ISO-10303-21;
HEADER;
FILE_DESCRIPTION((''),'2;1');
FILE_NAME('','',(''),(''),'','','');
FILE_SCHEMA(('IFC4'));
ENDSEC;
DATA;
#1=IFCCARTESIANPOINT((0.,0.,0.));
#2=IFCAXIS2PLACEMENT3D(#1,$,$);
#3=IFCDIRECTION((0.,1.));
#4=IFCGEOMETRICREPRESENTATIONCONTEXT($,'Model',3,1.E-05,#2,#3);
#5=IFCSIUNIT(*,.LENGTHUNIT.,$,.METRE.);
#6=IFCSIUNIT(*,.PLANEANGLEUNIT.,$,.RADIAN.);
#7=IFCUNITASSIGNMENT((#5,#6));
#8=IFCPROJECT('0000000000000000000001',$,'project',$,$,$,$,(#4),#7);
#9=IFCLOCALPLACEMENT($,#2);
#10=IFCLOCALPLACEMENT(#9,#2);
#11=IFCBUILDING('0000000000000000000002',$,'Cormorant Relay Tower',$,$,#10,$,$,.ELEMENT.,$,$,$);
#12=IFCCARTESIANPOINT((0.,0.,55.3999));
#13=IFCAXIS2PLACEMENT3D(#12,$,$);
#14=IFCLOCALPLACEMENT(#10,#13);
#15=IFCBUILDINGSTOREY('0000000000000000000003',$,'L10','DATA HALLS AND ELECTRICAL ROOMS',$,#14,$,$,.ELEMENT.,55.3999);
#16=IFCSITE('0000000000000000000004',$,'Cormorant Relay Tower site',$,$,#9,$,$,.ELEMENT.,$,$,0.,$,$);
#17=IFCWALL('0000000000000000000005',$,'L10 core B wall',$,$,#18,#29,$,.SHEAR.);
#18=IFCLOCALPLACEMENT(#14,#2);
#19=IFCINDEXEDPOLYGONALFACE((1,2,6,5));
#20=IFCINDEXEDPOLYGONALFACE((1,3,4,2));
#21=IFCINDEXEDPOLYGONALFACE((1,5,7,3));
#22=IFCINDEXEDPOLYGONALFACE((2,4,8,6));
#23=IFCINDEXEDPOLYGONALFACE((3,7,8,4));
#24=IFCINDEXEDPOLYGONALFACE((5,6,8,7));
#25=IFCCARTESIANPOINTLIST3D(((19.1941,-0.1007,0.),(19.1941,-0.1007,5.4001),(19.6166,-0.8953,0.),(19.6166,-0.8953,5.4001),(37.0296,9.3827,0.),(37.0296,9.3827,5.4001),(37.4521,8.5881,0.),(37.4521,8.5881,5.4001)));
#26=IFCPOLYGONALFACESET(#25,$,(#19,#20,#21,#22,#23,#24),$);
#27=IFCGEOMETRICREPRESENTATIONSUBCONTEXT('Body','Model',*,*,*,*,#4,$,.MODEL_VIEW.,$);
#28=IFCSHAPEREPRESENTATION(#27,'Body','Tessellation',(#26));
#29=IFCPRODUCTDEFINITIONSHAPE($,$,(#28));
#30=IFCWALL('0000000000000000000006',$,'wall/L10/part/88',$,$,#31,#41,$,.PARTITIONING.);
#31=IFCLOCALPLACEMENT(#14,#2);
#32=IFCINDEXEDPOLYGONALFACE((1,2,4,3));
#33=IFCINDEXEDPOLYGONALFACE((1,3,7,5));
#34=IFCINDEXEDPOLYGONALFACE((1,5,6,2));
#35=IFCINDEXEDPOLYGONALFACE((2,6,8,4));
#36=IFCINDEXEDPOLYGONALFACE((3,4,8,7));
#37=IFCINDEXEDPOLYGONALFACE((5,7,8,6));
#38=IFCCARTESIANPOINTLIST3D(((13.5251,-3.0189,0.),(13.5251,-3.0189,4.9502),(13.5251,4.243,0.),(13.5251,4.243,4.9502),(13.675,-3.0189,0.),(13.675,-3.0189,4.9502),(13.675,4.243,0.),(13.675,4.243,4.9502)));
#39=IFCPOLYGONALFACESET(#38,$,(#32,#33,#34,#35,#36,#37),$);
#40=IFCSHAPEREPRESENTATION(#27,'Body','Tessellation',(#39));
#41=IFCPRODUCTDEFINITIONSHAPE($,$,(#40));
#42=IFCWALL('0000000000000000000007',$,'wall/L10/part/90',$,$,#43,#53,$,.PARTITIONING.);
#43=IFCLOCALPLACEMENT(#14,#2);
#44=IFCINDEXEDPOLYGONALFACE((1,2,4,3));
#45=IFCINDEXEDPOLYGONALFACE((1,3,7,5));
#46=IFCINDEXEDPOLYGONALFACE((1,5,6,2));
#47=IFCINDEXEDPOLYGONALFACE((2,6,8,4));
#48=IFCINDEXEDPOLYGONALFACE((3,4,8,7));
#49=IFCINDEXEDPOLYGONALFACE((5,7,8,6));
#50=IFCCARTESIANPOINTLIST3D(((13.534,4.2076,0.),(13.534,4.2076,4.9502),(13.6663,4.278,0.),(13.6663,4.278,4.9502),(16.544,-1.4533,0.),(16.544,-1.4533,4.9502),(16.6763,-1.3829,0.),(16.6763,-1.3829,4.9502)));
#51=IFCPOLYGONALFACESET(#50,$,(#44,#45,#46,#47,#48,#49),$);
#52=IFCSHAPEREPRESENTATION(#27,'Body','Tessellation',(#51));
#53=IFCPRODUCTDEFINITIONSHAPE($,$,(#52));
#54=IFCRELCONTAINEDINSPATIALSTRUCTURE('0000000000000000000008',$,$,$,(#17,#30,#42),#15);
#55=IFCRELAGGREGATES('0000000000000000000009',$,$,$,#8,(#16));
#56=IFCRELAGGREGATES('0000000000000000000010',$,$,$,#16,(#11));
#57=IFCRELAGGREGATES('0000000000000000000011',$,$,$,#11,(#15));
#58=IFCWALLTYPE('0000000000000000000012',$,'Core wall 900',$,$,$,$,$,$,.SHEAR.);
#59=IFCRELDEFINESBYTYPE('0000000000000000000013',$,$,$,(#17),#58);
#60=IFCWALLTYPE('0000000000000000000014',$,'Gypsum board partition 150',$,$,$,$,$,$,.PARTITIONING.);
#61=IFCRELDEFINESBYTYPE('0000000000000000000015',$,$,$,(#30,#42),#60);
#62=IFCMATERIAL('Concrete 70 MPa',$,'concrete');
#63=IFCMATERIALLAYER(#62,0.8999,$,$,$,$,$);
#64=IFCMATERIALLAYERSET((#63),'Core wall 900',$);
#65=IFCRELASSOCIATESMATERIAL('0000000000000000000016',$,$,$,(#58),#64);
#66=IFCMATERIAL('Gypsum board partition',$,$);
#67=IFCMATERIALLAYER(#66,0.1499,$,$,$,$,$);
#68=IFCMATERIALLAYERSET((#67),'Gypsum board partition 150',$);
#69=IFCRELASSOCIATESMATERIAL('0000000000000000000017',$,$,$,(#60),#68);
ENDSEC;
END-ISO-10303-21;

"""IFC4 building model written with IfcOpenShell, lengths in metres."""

from ifc_helpers import new_model, si_unit, direction, frame, frame_2d, origin, place, context, subcontext, project, spatial, rectangle, extrude, material, layer, layer_set, type_object, element, save


model = new_model("IFC4")

# Units and contexts
model_context = context("Model", 3, precision=1e-05, world=origin(), true_north=direction((0.0, 1.0)))
body_context = subcontext(model_context, "Body", "Model", "MODEL_VIEW")
ifc_project = project(units=[si_unit("LENGTHUNIT", "METRE"), si_unit("PLANEANGLEUNIT", "RADIAN")], contexts=[model_context])

# Site, building, storey
site_placement = place(None, origin())
site = spatial("IfcSite", under=ifc_project, at=site_placement, Name="Cormorant Relay Tower site", CompositionType="ELEMENT", RefElevation=0.0)
building_placement = place(site_placement, origin())
building = spatial("IfcBuilding", under=site, at=building_placement, Name="Cormorant Relay Tower", CompositionType="ELEMENT")
storey_placement = place(building_placement, frame((0.0, 0.0, 55.3999)))
storey = spatial("IfcBuildingStorey", under=building, at=storey_placement, Name="L10", Description="DATA HALLS AND ELECTRICAL ROOMS", CompositionType="ELEMENT", Elevation=55.3999)

# Shared definitions
ifc_material_1 = material(Name="Concrete 70 MPa", Category="concrete")
ifc_layer_1 = layer(ifc_material_1, 0.8999)
ifc_layer_set_1 = layer_set([ifc_layer_1], Name="Core wall 900")
wall_type_1 = type_object("IfcWallType", Name="Core wall 900", PredefinedType="SHEAR", material=ifc_layer_set_1)

# Walls
wall_1_placement = place(storey_placement, frame((19.4053, -0.498, 0.0), z_axis=(0.0, 0.0, 1.0), x_axis=(0.882945, 0.469476, 0.0)))
element("IfcWall", 1, at=wall_1_placement, inside=storey, type_object=wall_type_1, Name="L10 core B wall", PredefinedType="SHEAR", context=body_context, shape_type="SweptSolid", body=[
    extrude(rectangle(XDim=20.2, YDim=0.8999, at=frame_2d((10.1001, 0.0))), origin(), (0.0, 0.0, 1.0), 5.4001),
])
ifc_material_2 = material(Name="Gypsum board partition")
ifc_layer_2 = layer(ifc_material_2, 0.1499)
ifc_layer_set_2 = layer_set([ifc_layer_2], Name="Gypsum board partition 150")
wall_type_2 = type_object("IfcWallType", Name="Gypsum board partition 150", PredefinedType="PARTITIONING", material=ifc_layer_set_2)
wall_2_placement = place(storey_placement, frame((13.6001, 4.2429, 0.0), z_axis=(0.0, 0.0, 1.0), x_axis=(0.0, -1.0, 0.0)))
element("IfcWall", 2, at=wall_2_placement, inside=storey, type_object=wall_type_2, Name="wall/L10/part/88", PredefinedType="PARTITIONING", context=body_context, shape_type="SweptSolid", body=[
    extrude(rectangle(XDim=7.262, YDim=0.1499, at=frame_2d((3.6309, 0.0))), origin(), (0.0, 0.0, 1.0), 4.9502),
])
wall_3_placement = place(storey_placement, frame((16.6101, -1.418, 0.0), z_axis=(0.0, 0.0, 1.0), x_axis=(-0.469479, 0.882944, 0.0)))
element("IfcWall", 3, at=wall_3_placement, inside=storey, type_object=wall_type_2, Name="wall/L10/part/90", PredefinedType="PARTITIONING", context=body_context, shape_type="SweptSolid", body=[
    extrude(rectangle(XDim=6.4114, YDim=0.1499, at=frame_2d((3.2056, 0.0))), origin(), (0.0, 0.0, 1.0), 4.9502),
])

save(model, "model.ifc")
